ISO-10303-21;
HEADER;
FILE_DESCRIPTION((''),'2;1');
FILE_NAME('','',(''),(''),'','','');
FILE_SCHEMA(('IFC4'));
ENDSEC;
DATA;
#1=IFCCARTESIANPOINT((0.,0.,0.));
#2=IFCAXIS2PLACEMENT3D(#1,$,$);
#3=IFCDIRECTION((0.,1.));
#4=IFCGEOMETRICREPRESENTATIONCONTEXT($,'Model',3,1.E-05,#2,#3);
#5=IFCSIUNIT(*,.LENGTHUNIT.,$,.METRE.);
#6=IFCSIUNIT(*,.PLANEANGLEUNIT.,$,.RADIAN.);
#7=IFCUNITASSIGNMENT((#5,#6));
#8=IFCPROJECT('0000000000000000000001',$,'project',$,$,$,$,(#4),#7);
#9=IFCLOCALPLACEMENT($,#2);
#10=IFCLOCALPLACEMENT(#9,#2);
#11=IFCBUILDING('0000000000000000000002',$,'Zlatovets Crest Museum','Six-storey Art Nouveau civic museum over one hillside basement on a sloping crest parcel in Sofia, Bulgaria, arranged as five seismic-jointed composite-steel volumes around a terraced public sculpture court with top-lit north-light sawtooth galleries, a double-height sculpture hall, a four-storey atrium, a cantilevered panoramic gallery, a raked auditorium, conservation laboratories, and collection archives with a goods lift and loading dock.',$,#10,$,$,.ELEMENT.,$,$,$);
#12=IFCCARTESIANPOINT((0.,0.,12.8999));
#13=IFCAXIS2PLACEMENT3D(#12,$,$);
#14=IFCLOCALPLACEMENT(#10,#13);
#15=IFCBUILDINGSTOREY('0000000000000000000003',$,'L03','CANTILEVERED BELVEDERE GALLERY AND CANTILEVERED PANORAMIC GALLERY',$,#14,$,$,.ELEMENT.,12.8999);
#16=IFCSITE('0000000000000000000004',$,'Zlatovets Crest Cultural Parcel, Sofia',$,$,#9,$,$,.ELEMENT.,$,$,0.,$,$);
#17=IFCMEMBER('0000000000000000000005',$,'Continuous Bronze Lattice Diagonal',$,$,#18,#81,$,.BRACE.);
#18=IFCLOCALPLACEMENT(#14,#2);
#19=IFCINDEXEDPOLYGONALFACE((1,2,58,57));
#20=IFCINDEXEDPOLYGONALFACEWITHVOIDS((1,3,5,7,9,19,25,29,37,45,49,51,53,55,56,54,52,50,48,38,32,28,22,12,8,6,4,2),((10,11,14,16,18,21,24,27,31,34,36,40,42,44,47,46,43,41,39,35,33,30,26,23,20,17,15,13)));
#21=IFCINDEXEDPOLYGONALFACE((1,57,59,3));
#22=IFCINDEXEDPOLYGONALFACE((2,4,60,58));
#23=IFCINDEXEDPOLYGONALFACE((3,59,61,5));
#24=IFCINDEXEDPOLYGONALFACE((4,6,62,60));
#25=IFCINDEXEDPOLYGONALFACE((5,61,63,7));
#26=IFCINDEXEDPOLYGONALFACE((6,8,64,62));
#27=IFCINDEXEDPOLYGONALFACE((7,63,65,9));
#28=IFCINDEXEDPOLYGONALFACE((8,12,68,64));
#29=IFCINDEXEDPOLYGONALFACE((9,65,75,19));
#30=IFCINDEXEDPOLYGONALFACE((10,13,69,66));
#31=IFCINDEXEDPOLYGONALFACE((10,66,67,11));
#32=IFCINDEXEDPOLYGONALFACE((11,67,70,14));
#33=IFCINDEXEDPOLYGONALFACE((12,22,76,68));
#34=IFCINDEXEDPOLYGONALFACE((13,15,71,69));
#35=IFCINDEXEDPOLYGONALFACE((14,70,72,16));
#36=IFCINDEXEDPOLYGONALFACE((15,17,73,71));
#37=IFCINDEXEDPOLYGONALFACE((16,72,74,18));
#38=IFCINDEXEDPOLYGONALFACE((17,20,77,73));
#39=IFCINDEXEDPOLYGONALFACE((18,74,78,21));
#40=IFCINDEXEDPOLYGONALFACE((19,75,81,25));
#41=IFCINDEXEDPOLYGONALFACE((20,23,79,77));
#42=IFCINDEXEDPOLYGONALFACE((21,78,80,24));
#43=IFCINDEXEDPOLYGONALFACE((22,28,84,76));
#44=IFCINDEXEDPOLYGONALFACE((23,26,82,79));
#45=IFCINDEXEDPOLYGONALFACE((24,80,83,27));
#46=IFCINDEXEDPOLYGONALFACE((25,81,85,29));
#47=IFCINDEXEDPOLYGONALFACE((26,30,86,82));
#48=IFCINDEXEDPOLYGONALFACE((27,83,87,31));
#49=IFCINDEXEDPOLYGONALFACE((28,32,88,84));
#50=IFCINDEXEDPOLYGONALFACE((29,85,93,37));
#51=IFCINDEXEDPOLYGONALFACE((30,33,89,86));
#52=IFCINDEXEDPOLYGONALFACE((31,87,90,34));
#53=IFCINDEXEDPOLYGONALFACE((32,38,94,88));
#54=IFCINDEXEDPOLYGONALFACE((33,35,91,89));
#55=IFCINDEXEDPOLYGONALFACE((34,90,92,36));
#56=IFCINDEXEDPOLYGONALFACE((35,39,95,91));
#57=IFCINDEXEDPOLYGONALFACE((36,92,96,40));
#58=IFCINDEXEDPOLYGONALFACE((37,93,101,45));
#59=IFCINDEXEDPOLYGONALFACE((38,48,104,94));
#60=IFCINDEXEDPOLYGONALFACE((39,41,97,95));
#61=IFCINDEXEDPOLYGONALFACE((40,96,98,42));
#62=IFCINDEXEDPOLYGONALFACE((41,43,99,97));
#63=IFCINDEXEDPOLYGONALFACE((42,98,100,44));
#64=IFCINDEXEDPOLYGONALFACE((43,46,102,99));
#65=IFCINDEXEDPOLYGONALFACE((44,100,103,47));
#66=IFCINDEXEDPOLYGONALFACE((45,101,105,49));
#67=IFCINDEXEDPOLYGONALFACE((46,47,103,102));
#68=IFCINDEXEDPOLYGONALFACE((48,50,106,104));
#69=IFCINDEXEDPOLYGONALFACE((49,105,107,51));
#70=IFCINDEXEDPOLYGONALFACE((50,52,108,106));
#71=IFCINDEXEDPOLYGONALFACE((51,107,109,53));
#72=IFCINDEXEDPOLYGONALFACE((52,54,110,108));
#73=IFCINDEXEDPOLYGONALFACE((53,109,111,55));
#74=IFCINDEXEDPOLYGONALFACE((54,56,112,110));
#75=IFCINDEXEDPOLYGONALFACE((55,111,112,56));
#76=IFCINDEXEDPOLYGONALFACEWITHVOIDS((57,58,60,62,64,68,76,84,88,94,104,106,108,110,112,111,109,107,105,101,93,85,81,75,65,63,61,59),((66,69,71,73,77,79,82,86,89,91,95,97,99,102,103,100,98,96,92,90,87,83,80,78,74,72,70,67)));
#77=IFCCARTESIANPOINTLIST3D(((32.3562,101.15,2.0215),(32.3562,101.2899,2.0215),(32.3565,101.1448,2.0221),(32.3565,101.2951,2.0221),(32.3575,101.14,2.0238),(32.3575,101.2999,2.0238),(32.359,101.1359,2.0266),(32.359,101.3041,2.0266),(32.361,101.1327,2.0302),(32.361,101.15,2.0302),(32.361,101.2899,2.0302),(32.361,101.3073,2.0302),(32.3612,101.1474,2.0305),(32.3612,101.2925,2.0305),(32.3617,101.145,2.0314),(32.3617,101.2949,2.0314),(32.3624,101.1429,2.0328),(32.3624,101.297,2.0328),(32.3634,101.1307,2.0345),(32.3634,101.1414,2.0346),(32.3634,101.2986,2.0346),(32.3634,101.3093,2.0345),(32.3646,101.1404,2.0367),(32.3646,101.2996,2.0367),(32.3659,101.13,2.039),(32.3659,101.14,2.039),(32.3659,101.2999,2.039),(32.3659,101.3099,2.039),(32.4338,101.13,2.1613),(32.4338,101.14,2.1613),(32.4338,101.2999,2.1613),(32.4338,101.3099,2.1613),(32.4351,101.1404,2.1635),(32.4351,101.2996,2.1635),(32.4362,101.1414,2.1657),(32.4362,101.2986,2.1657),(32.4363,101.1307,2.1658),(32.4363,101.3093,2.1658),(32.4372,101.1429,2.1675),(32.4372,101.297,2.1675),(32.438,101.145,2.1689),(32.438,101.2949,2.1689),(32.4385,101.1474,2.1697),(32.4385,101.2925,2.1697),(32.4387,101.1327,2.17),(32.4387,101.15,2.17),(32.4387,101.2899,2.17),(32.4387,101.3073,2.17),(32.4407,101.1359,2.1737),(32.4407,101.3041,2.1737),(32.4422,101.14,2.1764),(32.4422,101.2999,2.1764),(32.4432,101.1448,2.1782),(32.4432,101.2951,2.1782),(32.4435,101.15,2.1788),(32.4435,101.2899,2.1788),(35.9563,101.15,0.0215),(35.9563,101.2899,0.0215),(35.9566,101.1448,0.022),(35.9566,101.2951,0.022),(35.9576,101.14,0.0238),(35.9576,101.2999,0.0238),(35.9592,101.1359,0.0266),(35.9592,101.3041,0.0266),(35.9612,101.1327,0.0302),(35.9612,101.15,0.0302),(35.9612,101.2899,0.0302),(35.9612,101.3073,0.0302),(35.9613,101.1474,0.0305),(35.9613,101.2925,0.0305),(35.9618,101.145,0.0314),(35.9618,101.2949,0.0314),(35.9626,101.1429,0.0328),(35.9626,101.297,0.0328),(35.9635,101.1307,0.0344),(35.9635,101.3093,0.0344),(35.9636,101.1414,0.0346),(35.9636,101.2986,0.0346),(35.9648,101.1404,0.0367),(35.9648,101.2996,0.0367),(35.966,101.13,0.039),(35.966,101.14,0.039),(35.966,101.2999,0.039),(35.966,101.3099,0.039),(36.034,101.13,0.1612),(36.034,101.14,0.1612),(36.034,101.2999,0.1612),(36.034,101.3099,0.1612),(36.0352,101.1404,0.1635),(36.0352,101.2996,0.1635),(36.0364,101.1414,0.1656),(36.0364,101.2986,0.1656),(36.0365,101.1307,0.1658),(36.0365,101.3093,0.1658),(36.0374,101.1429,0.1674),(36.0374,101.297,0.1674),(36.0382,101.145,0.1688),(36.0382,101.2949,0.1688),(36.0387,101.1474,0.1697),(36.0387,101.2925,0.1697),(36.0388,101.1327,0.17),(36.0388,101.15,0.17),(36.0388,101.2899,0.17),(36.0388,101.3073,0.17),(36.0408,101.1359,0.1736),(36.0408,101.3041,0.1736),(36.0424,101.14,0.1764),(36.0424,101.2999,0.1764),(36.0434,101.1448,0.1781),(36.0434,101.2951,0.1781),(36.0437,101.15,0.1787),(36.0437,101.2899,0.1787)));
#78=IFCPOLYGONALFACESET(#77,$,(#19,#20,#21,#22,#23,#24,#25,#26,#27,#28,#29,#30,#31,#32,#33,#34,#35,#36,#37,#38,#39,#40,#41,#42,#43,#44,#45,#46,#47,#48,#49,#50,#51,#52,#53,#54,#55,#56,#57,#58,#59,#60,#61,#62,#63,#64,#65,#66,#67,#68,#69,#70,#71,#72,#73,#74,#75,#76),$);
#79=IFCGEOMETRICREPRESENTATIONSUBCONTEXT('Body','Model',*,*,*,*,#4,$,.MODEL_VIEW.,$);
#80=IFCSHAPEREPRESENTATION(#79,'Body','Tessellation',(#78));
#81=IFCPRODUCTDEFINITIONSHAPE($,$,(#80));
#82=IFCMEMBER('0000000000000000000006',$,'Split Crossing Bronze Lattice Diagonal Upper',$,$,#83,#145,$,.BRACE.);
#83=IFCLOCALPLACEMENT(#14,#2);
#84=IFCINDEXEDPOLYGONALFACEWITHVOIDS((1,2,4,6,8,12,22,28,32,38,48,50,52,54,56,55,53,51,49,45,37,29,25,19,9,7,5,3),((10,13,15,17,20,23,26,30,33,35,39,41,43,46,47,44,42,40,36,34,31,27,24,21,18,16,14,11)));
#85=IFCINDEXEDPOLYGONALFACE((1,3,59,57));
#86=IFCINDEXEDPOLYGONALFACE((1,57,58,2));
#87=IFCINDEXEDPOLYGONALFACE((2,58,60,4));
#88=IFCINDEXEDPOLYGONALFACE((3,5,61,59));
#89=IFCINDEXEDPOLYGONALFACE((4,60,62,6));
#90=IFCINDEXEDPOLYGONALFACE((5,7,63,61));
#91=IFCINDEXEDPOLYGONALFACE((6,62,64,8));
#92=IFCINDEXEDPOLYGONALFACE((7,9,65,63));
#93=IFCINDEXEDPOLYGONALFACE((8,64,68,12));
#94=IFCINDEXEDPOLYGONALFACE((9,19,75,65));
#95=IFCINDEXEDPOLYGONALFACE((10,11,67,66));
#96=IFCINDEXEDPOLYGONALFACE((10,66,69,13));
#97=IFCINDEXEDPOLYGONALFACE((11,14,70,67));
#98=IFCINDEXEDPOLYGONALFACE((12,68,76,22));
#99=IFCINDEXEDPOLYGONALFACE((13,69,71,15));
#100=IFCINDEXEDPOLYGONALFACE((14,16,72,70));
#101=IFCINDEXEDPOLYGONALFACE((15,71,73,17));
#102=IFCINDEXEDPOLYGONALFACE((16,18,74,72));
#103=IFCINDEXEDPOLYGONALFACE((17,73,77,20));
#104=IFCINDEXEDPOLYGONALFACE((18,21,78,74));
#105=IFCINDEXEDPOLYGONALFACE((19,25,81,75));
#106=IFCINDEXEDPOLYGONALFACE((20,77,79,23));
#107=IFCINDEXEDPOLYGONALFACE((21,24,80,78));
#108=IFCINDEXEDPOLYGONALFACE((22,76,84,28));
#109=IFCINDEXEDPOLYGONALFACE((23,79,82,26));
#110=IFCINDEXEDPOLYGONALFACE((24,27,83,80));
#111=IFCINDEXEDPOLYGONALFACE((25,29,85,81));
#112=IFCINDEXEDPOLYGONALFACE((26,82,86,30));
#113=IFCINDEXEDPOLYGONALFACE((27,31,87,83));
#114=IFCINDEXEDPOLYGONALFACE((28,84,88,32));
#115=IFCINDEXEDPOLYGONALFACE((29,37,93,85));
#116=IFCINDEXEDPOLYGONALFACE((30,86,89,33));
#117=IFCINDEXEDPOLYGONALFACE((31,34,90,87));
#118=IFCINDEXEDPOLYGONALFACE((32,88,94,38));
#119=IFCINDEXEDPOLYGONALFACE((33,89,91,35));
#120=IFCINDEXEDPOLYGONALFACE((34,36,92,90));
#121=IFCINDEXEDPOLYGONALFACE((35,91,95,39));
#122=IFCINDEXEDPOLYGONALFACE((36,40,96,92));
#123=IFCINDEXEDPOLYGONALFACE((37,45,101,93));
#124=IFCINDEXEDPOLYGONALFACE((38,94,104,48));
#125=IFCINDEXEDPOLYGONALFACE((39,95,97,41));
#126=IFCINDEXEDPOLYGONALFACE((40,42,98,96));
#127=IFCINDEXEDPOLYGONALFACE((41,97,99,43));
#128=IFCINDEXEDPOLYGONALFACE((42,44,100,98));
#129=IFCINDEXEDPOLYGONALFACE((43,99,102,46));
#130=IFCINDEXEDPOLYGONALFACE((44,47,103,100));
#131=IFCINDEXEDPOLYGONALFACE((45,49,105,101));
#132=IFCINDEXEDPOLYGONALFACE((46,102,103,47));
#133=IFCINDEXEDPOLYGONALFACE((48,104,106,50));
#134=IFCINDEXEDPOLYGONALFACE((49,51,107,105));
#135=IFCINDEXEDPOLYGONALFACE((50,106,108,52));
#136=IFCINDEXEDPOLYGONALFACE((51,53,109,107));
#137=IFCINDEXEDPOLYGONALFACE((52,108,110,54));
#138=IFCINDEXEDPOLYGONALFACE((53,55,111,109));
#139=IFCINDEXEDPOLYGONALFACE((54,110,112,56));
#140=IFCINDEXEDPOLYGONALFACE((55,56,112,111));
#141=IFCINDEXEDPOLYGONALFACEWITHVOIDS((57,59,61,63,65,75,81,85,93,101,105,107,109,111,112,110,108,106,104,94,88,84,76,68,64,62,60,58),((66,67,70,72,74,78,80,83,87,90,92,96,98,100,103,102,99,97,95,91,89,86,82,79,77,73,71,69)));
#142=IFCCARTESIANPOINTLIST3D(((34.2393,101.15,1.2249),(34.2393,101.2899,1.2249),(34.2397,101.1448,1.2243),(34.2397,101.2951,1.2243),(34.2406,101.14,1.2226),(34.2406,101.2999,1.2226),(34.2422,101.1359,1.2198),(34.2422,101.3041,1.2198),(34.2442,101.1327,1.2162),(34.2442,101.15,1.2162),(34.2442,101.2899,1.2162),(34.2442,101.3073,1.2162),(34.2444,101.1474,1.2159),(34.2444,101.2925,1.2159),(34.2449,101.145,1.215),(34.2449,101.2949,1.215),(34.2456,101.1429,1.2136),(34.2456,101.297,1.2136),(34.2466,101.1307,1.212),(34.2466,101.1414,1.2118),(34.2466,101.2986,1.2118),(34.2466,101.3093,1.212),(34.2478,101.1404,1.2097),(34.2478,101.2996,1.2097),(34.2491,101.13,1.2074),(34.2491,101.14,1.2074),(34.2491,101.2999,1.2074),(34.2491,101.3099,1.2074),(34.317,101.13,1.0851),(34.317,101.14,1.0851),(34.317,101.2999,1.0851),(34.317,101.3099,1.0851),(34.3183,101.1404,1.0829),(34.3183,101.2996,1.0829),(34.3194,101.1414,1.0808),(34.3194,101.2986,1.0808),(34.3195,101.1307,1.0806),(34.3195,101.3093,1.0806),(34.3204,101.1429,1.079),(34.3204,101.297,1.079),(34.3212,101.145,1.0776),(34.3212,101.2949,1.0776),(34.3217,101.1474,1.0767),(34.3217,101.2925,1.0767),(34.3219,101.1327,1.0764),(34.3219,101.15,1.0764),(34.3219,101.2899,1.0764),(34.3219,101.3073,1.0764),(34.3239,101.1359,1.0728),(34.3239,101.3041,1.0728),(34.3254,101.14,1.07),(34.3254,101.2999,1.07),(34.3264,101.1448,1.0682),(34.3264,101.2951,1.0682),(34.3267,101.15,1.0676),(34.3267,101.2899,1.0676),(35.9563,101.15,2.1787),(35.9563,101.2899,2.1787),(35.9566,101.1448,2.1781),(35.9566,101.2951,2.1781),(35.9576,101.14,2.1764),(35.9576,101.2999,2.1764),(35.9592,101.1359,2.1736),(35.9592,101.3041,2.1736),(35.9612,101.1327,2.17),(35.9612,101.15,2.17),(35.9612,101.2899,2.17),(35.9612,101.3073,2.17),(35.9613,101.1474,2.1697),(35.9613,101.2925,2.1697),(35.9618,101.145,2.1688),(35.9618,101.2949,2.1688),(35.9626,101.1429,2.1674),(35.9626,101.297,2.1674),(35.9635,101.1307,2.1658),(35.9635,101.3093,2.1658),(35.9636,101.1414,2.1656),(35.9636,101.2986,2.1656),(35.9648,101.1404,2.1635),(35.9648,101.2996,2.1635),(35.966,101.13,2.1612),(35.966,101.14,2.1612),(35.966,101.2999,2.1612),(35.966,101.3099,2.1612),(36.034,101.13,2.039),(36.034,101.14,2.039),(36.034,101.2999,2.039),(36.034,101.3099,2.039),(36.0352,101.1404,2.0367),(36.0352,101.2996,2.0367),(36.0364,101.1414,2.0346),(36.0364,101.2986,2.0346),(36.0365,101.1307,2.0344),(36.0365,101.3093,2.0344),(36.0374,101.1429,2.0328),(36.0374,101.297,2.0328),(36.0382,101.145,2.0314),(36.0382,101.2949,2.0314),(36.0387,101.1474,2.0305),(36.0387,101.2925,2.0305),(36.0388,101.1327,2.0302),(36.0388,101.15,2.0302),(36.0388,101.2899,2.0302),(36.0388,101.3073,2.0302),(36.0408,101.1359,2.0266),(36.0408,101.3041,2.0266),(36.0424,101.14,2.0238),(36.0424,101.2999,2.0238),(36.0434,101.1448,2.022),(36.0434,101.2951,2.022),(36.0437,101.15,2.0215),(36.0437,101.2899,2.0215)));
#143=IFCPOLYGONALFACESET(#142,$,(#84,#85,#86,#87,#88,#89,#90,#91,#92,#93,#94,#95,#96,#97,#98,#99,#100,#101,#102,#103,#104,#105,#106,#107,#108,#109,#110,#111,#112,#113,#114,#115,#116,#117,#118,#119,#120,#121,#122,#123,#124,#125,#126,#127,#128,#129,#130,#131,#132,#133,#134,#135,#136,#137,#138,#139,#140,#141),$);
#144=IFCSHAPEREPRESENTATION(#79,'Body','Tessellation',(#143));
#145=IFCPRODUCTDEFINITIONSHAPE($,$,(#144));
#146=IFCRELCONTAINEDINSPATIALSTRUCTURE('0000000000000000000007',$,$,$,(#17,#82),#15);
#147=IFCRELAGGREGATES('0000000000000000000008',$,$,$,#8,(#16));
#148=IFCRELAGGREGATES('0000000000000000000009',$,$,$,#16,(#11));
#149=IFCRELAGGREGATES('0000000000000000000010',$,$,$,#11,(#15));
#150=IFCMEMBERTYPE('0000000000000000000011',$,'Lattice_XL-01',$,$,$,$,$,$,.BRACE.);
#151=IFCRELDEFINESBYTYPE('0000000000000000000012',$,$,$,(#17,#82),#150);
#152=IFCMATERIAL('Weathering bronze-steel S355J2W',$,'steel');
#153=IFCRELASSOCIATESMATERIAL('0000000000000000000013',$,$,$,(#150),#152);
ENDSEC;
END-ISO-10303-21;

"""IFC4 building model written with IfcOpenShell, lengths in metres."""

from ifc_helpers import new_model, si_unit, direction, frame, origin, origin_2d, place, context, subcontext, project, spatial, hollow_rectangle, extrude, material, material_profile, profile_set, type_object, element, save


model = new_model("IFC4")

# Units and contexts
model_context = context("Model", 3, precision=1e-05, world=origin(), true_north=direction((0.0, 1.0)))
body_context = subcontext(model_context, "Body", "Model", "MODEL_VIEW")
ifc_project = project(units=[si_unit("LENGTHUNIT", "METRE"), si_unit("PLANEANGLEUNIT", "RADIAN")], contexts=[model_context])

# Site, building, storey
site_placement = place(None, origin())
site = spatial("IfcSite", under=ifc_project, at=site_placement, Name="Zlatovets Crest Cultural Parcel, Sofia", CompositionType="ELEMENT", RefElevation=0.0)
building_placement = place(site_placement, origin())
building = spatial("IfcBuilding", under=site, at=building_placement, Name="Zlatovets Crest Museum", Description="Six-storey Art Nouveau civic museum over one hillside basement on a sloping crest parcel in Sofia, Bulgaria, arranged as five seismic-jointed composite-steel volumes around a terraced public sculpture court with top-lit north-light sawtooth galleries, a double-height sculpture hall, a four-storey atrium, a cantilevered panoramic gallery, a raked auditorium, conservation laboratories, and collection archives with a goods lift and loading dock.", CompositionType="ELEMENT")
storey_placement = place(building_placement, frame((0.0, 0.0, 12.8999)))
storey = spatial("IfcBuildingStorey", under=building, at=storey_placement, Name="L03", Description="CANTILEVERED BELVEDERE GALLERY AND CANTILEVERED PANORAMIC GALLERY", CompositionType="ELEMENT", Elevation=12.8999)

# Members
ifc_material_1 = material(Name="Weathering bronze-steel S355J2W", Category="steel")
ifc_material_profile_1 = material_profile(ifc_material_1, hollow_rectangle(XDim=0.1799, YDim=0.1799, WallThickness=0.01, InnerFilletRadius=0.01, OuterFilletRadius=0.02, at=origin_2d()), Name="SHS 180x180x10.0")
ifc_profile_set_1 = profile_set([ifc_material_profile_1], Name="Weathering bronze-steel S355J2W")
member_type_1 = type_object("IfcMemberType", Name="Lattice_XL-01", PredefinedType="BRACE", material=ifc_profile_set_1)
member_1_placement = place(storey_placement, frame((36.0, 101.22, 0.1001), z_axis=(-0.874163, 0.0, 0.485633), x_axis=(0.0, -1.0, 0.0)))
element("IfcMember", 1, at=member_1_placement, inside=storey, type_object=member_type_1, Name="Continuous Bronze Lattice Diagonal", PredefinedType="BRACE", context=body_context, shape_type="SweptSolid", body=[
    extrude(hollow_rectangle(XDim=0.1799, YDim=0.1799, WallThickness=0.01, InnerFilletRadius=0.01, OuterFilletRadius=0.02, at=origin_2d()), origin(), (0.0, 0.0, 1.0), 4.1184),
])
member_2_placement = place(storey_placement, frame((36.0, 101.22, 2.1001), z_axis=(-0.874169, 0.0, -0.485622), x_axis=(0.0, -1.0, 0.0)))
element("IfcMember", 2, at=member_2_placement, inside=storey, type_object=member_type_1, Name="Split Crossing Bronze Lattice Diagonal Upper", PredefinedType="BRACE", context=body_context, shape_type="SweptSolid", body=[
    extrude(hollow_rectangle(XDim=0.1799, YDim=0.1799, WallThickness=0.01, InnerFilletRadius=0.01, OuterFilletRadius=0.02, at=origin_2d()), origin(), (0.0, 0.0, 1.0), 1.9641),
])

save(model, "model.ifc")
